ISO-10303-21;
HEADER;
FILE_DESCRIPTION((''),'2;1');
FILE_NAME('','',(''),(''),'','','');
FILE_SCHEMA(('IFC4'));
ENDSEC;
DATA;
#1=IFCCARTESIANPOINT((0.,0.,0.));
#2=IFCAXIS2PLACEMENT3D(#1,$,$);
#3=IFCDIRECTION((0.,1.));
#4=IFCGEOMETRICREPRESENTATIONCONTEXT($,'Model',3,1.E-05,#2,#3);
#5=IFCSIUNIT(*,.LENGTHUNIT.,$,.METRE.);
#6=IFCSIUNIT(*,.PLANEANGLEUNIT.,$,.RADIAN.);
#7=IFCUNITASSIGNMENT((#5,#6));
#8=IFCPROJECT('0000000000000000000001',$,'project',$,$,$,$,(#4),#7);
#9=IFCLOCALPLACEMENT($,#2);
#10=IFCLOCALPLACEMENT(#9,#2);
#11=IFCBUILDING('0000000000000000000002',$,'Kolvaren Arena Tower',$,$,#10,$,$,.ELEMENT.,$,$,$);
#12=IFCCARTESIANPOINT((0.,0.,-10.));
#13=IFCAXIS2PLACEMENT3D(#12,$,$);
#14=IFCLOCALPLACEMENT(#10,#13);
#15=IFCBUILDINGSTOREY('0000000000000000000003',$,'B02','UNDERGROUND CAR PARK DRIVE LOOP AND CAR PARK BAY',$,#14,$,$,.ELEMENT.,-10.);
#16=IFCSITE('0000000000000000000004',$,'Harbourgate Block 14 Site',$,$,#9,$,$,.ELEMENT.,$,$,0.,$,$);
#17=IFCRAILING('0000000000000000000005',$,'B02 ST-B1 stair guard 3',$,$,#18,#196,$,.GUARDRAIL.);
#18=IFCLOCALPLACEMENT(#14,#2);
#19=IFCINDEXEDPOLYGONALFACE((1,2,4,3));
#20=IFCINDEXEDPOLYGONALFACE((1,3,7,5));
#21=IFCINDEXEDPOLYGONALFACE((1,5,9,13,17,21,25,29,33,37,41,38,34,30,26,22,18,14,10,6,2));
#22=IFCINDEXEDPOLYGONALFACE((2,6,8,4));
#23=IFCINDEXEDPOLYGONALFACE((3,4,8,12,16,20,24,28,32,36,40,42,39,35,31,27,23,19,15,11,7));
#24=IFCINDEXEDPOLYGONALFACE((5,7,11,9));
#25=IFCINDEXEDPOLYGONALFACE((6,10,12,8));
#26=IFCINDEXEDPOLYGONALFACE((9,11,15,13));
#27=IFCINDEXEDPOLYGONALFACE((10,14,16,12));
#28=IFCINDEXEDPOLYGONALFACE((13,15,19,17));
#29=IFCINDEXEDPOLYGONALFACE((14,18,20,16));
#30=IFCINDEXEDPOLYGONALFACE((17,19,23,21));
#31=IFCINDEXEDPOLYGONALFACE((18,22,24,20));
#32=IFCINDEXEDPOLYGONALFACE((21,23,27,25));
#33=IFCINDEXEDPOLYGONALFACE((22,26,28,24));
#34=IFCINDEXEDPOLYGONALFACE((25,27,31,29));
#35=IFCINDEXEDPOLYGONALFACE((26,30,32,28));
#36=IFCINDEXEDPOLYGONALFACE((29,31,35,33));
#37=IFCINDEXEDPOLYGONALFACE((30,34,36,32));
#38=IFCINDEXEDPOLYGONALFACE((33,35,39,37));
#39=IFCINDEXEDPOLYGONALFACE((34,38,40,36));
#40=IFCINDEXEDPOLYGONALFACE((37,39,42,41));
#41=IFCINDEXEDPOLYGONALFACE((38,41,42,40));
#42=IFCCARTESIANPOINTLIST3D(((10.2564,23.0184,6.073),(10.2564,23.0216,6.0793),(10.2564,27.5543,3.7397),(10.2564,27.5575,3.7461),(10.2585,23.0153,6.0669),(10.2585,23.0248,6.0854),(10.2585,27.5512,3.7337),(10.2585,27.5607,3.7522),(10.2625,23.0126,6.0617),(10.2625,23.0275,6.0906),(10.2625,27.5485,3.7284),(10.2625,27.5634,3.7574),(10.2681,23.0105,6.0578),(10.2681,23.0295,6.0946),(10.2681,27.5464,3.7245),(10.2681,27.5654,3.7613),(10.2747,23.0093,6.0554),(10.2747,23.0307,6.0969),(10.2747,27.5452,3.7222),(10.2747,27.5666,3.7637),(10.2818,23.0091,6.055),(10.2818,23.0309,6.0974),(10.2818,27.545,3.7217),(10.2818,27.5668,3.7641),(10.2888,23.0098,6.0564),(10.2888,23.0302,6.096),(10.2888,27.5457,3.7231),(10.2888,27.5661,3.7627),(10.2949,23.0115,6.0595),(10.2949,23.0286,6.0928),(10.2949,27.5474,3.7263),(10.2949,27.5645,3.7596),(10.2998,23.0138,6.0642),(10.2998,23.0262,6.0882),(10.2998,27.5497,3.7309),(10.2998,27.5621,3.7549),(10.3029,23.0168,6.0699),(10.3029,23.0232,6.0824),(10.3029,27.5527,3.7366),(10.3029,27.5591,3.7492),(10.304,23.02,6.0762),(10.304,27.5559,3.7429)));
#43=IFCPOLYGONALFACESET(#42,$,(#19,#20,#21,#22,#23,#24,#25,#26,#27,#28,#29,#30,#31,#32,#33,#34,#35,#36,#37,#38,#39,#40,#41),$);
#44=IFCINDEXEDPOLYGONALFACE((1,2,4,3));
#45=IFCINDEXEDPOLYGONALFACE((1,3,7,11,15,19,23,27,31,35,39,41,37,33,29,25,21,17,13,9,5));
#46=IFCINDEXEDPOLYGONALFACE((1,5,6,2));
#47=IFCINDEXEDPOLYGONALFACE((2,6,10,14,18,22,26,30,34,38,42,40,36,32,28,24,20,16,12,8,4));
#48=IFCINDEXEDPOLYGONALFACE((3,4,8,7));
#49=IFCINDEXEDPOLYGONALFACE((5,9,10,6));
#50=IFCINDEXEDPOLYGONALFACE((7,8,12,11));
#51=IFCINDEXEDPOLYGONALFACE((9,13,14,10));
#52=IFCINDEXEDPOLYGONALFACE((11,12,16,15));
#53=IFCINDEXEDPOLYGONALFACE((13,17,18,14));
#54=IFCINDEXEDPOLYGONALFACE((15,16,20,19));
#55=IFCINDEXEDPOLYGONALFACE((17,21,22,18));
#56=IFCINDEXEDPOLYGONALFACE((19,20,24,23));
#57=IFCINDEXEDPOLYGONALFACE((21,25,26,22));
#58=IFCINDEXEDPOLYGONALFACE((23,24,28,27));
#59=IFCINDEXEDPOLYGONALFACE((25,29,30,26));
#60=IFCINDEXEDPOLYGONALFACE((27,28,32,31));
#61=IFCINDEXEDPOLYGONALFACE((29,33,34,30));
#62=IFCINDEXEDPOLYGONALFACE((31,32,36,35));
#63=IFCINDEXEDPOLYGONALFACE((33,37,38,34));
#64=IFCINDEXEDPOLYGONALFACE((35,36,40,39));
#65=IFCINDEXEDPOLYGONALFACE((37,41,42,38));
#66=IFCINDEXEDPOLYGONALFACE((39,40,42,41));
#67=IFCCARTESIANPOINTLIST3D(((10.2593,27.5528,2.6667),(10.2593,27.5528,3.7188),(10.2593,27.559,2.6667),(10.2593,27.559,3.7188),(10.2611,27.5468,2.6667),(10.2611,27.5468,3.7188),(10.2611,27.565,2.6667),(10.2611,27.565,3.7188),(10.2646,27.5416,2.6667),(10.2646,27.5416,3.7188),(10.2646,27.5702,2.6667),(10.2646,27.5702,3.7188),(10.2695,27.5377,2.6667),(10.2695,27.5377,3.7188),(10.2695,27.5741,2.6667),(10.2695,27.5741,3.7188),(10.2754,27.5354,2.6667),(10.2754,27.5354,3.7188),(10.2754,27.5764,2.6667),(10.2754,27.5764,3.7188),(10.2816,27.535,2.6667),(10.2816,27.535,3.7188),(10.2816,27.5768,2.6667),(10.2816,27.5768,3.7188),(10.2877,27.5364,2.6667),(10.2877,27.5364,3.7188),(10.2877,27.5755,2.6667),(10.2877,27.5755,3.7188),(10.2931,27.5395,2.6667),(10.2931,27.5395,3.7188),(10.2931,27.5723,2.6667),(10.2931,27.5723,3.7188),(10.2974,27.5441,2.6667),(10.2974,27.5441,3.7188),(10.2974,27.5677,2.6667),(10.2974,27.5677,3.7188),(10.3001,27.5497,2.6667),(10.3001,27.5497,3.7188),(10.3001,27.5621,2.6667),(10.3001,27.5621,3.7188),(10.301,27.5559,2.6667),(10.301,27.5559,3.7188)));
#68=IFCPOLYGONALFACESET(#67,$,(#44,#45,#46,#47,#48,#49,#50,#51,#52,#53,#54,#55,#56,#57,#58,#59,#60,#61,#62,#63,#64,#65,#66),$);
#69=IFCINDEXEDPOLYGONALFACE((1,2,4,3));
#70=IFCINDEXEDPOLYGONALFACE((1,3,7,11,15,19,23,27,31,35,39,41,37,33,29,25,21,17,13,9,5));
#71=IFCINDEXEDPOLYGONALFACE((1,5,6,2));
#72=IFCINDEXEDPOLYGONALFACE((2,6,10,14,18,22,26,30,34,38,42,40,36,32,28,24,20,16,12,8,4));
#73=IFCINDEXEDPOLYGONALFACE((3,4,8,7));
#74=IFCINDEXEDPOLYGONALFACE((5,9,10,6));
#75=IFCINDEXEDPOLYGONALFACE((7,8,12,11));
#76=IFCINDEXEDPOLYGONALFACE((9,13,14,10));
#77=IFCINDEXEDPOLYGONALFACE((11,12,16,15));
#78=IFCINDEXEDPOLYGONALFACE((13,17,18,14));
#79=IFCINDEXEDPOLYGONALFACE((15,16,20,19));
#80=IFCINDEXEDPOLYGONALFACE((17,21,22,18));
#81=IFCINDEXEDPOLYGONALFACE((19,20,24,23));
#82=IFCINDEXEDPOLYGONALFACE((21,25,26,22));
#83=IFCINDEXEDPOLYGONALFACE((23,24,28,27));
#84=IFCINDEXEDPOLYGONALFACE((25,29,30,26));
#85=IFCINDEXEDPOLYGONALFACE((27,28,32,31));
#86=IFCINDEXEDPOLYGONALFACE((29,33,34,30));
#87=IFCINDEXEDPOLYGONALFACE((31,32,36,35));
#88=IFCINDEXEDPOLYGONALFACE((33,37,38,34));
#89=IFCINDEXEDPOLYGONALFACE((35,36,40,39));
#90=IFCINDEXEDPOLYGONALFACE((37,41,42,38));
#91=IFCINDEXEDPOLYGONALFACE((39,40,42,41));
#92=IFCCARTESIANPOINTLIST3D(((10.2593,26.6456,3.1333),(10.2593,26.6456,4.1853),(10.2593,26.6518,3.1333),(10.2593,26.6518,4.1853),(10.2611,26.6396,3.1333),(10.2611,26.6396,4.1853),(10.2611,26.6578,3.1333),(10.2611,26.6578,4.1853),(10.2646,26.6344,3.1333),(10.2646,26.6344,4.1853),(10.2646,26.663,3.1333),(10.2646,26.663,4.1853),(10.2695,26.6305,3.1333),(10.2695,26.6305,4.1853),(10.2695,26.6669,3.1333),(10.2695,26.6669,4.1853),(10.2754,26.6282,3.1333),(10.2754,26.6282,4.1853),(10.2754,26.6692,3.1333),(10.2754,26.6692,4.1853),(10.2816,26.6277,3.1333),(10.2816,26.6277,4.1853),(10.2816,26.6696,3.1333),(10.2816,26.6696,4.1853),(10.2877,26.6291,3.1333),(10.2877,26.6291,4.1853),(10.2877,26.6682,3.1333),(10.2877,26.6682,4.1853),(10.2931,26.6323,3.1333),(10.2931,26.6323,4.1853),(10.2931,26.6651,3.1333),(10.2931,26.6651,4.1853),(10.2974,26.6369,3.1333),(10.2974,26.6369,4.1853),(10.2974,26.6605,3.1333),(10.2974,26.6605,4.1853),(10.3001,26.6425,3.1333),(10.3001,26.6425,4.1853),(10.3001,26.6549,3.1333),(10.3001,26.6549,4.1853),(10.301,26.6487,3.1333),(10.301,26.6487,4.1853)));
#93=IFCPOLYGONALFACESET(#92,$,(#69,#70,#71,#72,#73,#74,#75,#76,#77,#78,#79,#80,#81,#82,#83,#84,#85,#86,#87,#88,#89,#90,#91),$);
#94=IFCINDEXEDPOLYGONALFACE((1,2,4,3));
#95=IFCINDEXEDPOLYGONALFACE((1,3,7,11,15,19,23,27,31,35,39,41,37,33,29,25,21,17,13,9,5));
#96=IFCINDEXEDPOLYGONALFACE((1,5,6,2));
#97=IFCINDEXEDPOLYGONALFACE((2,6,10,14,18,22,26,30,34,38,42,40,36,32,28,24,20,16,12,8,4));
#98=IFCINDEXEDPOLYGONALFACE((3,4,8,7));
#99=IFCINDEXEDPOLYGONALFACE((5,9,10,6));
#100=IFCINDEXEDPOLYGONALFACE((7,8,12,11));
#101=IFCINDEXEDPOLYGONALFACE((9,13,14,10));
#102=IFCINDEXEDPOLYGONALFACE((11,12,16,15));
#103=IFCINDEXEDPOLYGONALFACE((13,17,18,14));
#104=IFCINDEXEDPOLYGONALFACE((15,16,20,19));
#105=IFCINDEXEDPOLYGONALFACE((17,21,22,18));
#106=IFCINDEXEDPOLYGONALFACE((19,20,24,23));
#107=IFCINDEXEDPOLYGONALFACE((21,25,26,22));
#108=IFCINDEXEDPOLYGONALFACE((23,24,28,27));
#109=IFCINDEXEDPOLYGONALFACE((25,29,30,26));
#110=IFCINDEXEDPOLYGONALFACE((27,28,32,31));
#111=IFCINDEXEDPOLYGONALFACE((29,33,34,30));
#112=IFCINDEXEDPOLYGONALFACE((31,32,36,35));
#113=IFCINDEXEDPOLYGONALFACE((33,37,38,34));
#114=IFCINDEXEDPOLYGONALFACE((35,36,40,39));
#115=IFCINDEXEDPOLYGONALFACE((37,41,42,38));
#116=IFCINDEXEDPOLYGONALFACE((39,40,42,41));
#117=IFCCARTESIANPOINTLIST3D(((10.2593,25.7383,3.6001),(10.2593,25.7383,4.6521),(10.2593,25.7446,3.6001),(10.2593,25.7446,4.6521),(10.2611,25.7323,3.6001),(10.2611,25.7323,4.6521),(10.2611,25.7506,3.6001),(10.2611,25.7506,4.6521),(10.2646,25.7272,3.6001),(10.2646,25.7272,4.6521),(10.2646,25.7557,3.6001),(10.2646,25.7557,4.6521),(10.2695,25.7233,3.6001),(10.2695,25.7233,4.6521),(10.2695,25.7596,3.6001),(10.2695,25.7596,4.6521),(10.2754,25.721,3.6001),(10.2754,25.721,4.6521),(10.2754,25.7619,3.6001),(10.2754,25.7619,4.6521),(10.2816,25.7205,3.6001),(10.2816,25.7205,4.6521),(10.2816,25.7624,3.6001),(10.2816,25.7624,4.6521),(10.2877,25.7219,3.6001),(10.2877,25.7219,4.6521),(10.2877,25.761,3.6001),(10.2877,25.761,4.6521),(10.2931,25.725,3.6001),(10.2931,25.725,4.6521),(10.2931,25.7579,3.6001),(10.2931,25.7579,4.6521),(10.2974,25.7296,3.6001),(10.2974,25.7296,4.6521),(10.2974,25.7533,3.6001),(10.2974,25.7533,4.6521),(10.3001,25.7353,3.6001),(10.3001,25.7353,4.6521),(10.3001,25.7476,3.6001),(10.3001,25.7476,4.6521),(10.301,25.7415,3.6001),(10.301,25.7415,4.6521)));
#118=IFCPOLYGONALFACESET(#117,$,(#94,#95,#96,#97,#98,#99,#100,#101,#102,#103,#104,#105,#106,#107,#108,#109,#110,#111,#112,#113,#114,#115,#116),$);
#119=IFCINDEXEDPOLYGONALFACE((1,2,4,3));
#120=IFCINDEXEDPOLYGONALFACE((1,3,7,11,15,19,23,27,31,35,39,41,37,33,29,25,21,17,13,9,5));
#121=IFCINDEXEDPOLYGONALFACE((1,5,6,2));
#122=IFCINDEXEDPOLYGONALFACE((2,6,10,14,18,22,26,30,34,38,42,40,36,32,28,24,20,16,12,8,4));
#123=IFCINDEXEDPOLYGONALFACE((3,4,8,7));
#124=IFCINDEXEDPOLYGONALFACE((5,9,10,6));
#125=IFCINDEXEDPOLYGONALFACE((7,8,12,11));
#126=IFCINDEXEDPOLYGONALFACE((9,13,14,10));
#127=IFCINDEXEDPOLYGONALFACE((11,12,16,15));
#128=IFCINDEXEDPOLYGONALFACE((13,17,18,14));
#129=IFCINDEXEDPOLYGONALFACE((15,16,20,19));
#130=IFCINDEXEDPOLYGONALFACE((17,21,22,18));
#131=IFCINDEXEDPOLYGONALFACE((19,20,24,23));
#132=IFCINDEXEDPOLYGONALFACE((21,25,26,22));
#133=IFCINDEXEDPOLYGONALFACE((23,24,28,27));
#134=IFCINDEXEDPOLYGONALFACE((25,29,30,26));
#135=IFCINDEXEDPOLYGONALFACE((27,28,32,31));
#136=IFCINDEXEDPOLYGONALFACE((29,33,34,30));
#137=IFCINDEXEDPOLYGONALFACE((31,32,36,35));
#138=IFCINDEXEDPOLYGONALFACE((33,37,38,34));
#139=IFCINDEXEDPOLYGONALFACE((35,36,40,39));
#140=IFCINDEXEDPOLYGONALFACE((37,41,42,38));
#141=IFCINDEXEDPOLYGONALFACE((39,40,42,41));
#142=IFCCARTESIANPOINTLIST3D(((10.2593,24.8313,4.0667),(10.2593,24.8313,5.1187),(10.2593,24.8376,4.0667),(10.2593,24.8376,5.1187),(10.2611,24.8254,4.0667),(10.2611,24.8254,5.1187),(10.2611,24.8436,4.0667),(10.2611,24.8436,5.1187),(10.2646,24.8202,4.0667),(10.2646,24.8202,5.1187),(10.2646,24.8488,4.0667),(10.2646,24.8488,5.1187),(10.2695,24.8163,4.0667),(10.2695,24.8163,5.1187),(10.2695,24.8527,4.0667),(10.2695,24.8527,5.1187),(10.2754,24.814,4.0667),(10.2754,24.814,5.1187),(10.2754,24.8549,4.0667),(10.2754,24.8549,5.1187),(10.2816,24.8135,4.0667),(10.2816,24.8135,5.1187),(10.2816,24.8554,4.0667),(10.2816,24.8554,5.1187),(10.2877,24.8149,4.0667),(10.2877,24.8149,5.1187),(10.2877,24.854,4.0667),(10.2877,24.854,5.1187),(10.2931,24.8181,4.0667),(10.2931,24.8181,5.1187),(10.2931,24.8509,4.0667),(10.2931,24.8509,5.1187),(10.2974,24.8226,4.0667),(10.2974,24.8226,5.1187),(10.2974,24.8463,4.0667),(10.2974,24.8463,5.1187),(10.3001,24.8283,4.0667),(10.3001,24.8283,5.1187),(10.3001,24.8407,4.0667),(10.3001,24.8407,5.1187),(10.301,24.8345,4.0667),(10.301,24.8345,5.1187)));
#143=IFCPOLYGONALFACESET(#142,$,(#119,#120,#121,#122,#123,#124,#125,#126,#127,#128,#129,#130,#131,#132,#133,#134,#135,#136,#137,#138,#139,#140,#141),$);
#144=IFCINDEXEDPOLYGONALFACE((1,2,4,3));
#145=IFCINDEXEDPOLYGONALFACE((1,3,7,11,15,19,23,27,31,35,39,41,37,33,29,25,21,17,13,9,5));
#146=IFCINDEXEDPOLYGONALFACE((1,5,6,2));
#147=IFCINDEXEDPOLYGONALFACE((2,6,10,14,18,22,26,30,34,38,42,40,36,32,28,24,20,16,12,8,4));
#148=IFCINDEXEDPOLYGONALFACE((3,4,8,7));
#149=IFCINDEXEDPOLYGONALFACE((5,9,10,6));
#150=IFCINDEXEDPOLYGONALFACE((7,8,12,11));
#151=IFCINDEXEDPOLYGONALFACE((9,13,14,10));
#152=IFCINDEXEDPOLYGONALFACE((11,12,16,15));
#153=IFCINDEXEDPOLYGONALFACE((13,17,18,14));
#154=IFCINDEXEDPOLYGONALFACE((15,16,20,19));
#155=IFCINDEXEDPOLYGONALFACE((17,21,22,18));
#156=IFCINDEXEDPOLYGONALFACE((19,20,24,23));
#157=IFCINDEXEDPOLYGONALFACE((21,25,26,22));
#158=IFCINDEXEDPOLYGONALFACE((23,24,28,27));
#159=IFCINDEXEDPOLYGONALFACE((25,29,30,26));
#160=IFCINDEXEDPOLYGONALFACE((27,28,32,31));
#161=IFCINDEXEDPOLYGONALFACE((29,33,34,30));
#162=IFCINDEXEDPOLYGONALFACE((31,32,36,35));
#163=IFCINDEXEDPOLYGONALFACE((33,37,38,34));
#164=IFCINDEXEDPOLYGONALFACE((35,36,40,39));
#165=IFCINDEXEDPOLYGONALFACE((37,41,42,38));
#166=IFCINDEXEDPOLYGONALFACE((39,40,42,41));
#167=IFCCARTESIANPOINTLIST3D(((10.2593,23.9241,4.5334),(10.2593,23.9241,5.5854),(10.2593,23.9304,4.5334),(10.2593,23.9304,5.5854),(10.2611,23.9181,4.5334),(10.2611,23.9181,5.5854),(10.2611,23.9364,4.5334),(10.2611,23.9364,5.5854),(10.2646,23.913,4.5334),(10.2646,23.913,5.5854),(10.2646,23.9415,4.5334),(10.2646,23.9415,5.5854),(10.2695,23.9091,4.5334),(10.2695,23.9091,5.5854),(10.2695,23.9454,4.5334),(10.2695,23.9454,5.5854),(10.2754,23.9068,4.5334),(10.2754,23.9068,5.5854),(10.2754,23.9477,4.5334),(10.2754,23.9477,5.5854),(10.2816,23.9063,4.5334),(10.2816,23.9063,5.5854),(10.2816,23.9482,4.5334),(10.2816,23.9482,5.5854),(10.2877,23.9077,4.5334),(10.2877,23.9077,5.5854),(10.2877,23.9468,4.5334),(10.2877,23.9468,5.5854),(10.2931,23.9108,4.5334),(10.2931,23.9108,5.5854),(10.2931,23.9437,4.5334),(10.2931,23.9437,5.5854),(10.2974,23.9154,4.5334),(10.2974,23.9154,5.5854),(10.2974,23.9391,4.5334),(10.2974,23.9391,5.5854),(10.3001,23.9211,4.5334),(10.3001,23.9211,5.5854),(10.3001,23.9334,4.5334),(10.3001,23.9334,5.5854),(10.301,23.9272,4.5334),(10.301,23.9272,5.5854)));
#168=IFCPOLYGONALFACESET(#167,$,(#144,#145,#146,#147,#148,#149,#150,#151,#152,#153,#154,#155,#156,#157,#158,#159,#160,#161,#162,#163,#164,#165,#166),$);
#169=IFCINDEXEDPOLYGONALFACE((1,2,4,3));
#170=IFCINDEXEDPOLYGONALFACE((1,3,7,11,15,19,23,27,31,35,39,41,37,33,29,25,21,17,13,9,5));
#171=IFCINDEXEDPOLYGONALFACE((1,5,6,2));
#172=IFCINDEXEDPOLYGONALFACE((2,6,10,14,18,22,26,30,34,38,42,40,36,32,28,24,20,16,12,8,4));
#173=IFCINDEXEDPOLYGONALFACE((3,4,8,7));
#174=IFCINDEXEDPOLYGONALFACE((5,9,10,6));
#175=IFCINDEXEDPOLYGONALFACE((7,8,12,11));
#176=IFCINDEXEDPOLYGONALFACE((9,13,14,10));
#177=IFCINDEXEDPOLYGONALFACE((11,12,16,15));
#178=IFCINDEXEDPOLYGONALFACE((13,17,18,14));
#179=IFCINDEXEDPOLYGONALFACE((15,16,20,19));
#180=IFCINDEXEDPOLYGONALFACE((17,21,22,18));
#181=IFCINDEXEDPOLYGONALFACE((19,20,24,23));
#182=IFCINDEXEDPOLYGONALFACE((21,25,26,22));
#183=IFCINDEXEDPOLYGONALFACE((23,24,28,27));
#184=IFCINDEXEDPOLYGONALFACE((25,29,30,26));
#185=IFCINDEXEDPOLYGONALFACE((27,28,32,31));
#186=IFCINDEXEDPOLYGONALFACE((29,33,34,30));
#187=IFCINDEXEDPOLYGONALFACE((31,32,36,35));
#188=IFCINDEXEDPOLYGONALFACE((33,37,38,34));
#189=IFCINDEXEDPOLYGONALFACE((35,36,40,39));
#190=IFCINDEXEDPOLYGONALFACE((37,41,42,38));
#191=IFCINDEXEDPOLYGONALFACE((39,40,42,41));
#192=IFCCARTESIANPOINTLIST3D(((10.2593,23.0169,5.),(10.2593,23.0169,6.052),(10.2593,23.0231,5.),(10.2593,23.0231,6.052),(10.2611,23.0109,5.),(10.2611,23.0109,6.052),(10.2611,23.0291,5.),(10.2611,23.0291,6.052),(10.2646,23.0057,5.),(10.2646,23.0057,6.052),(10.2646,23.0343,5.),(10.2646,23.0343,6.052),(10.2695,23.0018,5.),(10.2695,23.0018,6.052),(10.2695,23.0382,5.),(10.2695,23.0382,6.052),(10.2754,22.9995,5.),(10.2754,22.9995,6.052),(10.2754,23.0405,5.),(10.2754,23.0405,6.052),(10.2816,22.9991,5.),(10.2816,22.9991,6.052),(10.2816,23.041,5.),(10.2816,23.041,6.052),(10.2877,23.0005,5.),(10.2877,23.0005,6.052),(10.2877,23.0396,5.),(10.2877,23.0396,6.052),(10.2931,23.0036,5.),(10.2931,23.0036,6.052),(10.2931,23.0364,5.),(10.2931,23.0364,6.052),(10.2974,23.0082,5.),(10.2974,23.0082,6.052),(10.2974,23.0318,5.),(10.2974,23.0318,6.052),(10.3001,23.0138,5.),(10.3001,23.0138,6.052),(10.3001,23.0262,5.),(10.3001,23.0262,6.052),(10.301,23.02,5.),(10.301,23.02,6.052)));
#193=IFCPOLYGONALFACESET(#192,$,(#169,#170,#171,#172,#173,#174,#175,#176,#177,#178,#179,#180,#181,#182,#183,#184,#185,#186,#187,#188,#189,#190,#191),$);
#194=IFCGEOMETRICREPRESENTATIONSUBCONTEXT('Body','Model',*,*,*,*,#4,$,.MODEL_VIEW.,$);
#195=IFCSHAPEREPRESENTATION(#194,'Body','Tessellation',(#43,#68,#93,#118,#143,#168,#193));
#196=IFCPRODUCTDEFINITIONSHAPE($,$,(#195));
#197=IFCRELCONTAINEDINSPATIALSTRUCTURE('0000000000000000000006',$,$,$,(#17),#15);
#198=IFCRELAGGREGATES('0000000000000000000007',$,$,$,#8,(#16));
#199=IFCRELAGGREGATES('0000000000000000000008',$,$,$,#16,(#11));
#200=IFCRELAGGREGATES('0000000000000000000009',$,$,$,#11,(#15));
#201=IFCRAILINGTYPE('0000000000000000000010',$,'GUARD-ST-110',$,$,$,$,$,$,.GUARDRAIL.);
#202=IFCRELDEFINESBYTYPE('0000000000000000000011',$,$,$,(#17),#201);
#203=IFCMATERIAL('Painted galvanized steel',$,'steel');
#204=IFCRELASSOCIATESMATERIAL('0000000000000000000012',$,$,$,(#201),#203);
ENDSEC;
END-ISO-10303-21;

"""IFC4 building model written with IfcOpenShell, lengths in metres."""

from ifc_helpers import new_model, si_unit, direction, frame, origin, origin_2d, place, context, subcontext, project, spatial, circle, extrude, material, type_object, element, save


model = new_model("IFC4")

# Units and contexts
model_context = context("Model", 3, precision=1e-05, world=origin(), true_north=direction((0.0, 1.0)))
body_context = subcontext(model_context, "Body", "Model", "MODEL_VIEW")
ifc_project = project(units=[si_unit("LENGTHUNIT", "METRE"), si_unit("PLANEANGLEUNIT", "RADIAN")], contexts=[model_context])

# Site, building, storey
site_placement = place(None, origin())
site = spatial("IfcSite", under=ifc_project, at=site_placement, Name="Harbourgate Block 14 Site", CompositionType="ELEMENT", RefElevation=0.0)
building_placement = place(site_placement, origin())
building = spatial("IfcBuilding", under=site, at=building_placement, Name="Kolvaren Arena Tower", CompositionType="ELEMENT")
storey_placement = place(building_placement, frame((0.0, 0.0, -10.0)))
storey = spatial("IfcBuildingStorey", under=building, at=storey_placement, Name="B02", Description="UNDERGROUND CAR PARK DRIVE LOOP AND CAR PARK BAY", CompositionType="ELEMENT", Elevation=-10.0)

# Railing
ifc_material_1 = material(Name="Painted galvanized steel", Category="steel")
railing_type_1 = type_object("IfcRailingType", Name="GUARD-ST-110", PredefinedType="GUARDRAIL", material=ifc_material_1)
railing_1_placement = place(storey_placement, frame((10.28, 27.5559, 2.6667)))
element("IfcRailing", 1, at=railing_1_placement, inside=storey, type_object=railing_type_1, Name="B02 ST-B1 stair guard 3", PredefinedType="GUARDRAIL", context=body_context, shape_type="SweptSolid", body=[
    extrude(circle(Radius=0.0239, at=origin_2d()), frame((0.0, 0.0, 1.0762), z_axis=(0.0, -0.889247, 0.457427), x_axis=(1.0, 0.0, 0.0)), (0.0, 0.0, 1.0), 5.1008),
    extrude(circle(Radius=0.021, at=origin_2d()), origin(), (0.0, 0.0, 1.0), 1.052),
    extrude(circle(Radius=0.021, at=origin_2d()), frame((0.0, -0.9072, 0.4666)), (0.0, 0.0, 1.0), 1.052),
    extrude(circle(Radius=0.021, at=origin_2d()), frame((0.0, -1.8145, 0.9333)), (0.0, 0.0, 1.0), 1.052),
    extrude(circle(Radius=0.021, at=origin_2d()), frame((0.0, -2.7214, 1.3999)), (0.0, 0.0, 1.0), 1.052),
    extrude(circle(Radius=0.021, at=origin_2d()), frame((0.0, -3.6287, 1.8667)), (0.0, 0.0, 1.0), 1.052),
    extrude(circle(Radius=0.021, at=origin_2d()), frame((0.0, -4.5359, 2.3333)), (0.0, 0.0, 1.0), 1.052),
])

save(model, "model.ifc")
